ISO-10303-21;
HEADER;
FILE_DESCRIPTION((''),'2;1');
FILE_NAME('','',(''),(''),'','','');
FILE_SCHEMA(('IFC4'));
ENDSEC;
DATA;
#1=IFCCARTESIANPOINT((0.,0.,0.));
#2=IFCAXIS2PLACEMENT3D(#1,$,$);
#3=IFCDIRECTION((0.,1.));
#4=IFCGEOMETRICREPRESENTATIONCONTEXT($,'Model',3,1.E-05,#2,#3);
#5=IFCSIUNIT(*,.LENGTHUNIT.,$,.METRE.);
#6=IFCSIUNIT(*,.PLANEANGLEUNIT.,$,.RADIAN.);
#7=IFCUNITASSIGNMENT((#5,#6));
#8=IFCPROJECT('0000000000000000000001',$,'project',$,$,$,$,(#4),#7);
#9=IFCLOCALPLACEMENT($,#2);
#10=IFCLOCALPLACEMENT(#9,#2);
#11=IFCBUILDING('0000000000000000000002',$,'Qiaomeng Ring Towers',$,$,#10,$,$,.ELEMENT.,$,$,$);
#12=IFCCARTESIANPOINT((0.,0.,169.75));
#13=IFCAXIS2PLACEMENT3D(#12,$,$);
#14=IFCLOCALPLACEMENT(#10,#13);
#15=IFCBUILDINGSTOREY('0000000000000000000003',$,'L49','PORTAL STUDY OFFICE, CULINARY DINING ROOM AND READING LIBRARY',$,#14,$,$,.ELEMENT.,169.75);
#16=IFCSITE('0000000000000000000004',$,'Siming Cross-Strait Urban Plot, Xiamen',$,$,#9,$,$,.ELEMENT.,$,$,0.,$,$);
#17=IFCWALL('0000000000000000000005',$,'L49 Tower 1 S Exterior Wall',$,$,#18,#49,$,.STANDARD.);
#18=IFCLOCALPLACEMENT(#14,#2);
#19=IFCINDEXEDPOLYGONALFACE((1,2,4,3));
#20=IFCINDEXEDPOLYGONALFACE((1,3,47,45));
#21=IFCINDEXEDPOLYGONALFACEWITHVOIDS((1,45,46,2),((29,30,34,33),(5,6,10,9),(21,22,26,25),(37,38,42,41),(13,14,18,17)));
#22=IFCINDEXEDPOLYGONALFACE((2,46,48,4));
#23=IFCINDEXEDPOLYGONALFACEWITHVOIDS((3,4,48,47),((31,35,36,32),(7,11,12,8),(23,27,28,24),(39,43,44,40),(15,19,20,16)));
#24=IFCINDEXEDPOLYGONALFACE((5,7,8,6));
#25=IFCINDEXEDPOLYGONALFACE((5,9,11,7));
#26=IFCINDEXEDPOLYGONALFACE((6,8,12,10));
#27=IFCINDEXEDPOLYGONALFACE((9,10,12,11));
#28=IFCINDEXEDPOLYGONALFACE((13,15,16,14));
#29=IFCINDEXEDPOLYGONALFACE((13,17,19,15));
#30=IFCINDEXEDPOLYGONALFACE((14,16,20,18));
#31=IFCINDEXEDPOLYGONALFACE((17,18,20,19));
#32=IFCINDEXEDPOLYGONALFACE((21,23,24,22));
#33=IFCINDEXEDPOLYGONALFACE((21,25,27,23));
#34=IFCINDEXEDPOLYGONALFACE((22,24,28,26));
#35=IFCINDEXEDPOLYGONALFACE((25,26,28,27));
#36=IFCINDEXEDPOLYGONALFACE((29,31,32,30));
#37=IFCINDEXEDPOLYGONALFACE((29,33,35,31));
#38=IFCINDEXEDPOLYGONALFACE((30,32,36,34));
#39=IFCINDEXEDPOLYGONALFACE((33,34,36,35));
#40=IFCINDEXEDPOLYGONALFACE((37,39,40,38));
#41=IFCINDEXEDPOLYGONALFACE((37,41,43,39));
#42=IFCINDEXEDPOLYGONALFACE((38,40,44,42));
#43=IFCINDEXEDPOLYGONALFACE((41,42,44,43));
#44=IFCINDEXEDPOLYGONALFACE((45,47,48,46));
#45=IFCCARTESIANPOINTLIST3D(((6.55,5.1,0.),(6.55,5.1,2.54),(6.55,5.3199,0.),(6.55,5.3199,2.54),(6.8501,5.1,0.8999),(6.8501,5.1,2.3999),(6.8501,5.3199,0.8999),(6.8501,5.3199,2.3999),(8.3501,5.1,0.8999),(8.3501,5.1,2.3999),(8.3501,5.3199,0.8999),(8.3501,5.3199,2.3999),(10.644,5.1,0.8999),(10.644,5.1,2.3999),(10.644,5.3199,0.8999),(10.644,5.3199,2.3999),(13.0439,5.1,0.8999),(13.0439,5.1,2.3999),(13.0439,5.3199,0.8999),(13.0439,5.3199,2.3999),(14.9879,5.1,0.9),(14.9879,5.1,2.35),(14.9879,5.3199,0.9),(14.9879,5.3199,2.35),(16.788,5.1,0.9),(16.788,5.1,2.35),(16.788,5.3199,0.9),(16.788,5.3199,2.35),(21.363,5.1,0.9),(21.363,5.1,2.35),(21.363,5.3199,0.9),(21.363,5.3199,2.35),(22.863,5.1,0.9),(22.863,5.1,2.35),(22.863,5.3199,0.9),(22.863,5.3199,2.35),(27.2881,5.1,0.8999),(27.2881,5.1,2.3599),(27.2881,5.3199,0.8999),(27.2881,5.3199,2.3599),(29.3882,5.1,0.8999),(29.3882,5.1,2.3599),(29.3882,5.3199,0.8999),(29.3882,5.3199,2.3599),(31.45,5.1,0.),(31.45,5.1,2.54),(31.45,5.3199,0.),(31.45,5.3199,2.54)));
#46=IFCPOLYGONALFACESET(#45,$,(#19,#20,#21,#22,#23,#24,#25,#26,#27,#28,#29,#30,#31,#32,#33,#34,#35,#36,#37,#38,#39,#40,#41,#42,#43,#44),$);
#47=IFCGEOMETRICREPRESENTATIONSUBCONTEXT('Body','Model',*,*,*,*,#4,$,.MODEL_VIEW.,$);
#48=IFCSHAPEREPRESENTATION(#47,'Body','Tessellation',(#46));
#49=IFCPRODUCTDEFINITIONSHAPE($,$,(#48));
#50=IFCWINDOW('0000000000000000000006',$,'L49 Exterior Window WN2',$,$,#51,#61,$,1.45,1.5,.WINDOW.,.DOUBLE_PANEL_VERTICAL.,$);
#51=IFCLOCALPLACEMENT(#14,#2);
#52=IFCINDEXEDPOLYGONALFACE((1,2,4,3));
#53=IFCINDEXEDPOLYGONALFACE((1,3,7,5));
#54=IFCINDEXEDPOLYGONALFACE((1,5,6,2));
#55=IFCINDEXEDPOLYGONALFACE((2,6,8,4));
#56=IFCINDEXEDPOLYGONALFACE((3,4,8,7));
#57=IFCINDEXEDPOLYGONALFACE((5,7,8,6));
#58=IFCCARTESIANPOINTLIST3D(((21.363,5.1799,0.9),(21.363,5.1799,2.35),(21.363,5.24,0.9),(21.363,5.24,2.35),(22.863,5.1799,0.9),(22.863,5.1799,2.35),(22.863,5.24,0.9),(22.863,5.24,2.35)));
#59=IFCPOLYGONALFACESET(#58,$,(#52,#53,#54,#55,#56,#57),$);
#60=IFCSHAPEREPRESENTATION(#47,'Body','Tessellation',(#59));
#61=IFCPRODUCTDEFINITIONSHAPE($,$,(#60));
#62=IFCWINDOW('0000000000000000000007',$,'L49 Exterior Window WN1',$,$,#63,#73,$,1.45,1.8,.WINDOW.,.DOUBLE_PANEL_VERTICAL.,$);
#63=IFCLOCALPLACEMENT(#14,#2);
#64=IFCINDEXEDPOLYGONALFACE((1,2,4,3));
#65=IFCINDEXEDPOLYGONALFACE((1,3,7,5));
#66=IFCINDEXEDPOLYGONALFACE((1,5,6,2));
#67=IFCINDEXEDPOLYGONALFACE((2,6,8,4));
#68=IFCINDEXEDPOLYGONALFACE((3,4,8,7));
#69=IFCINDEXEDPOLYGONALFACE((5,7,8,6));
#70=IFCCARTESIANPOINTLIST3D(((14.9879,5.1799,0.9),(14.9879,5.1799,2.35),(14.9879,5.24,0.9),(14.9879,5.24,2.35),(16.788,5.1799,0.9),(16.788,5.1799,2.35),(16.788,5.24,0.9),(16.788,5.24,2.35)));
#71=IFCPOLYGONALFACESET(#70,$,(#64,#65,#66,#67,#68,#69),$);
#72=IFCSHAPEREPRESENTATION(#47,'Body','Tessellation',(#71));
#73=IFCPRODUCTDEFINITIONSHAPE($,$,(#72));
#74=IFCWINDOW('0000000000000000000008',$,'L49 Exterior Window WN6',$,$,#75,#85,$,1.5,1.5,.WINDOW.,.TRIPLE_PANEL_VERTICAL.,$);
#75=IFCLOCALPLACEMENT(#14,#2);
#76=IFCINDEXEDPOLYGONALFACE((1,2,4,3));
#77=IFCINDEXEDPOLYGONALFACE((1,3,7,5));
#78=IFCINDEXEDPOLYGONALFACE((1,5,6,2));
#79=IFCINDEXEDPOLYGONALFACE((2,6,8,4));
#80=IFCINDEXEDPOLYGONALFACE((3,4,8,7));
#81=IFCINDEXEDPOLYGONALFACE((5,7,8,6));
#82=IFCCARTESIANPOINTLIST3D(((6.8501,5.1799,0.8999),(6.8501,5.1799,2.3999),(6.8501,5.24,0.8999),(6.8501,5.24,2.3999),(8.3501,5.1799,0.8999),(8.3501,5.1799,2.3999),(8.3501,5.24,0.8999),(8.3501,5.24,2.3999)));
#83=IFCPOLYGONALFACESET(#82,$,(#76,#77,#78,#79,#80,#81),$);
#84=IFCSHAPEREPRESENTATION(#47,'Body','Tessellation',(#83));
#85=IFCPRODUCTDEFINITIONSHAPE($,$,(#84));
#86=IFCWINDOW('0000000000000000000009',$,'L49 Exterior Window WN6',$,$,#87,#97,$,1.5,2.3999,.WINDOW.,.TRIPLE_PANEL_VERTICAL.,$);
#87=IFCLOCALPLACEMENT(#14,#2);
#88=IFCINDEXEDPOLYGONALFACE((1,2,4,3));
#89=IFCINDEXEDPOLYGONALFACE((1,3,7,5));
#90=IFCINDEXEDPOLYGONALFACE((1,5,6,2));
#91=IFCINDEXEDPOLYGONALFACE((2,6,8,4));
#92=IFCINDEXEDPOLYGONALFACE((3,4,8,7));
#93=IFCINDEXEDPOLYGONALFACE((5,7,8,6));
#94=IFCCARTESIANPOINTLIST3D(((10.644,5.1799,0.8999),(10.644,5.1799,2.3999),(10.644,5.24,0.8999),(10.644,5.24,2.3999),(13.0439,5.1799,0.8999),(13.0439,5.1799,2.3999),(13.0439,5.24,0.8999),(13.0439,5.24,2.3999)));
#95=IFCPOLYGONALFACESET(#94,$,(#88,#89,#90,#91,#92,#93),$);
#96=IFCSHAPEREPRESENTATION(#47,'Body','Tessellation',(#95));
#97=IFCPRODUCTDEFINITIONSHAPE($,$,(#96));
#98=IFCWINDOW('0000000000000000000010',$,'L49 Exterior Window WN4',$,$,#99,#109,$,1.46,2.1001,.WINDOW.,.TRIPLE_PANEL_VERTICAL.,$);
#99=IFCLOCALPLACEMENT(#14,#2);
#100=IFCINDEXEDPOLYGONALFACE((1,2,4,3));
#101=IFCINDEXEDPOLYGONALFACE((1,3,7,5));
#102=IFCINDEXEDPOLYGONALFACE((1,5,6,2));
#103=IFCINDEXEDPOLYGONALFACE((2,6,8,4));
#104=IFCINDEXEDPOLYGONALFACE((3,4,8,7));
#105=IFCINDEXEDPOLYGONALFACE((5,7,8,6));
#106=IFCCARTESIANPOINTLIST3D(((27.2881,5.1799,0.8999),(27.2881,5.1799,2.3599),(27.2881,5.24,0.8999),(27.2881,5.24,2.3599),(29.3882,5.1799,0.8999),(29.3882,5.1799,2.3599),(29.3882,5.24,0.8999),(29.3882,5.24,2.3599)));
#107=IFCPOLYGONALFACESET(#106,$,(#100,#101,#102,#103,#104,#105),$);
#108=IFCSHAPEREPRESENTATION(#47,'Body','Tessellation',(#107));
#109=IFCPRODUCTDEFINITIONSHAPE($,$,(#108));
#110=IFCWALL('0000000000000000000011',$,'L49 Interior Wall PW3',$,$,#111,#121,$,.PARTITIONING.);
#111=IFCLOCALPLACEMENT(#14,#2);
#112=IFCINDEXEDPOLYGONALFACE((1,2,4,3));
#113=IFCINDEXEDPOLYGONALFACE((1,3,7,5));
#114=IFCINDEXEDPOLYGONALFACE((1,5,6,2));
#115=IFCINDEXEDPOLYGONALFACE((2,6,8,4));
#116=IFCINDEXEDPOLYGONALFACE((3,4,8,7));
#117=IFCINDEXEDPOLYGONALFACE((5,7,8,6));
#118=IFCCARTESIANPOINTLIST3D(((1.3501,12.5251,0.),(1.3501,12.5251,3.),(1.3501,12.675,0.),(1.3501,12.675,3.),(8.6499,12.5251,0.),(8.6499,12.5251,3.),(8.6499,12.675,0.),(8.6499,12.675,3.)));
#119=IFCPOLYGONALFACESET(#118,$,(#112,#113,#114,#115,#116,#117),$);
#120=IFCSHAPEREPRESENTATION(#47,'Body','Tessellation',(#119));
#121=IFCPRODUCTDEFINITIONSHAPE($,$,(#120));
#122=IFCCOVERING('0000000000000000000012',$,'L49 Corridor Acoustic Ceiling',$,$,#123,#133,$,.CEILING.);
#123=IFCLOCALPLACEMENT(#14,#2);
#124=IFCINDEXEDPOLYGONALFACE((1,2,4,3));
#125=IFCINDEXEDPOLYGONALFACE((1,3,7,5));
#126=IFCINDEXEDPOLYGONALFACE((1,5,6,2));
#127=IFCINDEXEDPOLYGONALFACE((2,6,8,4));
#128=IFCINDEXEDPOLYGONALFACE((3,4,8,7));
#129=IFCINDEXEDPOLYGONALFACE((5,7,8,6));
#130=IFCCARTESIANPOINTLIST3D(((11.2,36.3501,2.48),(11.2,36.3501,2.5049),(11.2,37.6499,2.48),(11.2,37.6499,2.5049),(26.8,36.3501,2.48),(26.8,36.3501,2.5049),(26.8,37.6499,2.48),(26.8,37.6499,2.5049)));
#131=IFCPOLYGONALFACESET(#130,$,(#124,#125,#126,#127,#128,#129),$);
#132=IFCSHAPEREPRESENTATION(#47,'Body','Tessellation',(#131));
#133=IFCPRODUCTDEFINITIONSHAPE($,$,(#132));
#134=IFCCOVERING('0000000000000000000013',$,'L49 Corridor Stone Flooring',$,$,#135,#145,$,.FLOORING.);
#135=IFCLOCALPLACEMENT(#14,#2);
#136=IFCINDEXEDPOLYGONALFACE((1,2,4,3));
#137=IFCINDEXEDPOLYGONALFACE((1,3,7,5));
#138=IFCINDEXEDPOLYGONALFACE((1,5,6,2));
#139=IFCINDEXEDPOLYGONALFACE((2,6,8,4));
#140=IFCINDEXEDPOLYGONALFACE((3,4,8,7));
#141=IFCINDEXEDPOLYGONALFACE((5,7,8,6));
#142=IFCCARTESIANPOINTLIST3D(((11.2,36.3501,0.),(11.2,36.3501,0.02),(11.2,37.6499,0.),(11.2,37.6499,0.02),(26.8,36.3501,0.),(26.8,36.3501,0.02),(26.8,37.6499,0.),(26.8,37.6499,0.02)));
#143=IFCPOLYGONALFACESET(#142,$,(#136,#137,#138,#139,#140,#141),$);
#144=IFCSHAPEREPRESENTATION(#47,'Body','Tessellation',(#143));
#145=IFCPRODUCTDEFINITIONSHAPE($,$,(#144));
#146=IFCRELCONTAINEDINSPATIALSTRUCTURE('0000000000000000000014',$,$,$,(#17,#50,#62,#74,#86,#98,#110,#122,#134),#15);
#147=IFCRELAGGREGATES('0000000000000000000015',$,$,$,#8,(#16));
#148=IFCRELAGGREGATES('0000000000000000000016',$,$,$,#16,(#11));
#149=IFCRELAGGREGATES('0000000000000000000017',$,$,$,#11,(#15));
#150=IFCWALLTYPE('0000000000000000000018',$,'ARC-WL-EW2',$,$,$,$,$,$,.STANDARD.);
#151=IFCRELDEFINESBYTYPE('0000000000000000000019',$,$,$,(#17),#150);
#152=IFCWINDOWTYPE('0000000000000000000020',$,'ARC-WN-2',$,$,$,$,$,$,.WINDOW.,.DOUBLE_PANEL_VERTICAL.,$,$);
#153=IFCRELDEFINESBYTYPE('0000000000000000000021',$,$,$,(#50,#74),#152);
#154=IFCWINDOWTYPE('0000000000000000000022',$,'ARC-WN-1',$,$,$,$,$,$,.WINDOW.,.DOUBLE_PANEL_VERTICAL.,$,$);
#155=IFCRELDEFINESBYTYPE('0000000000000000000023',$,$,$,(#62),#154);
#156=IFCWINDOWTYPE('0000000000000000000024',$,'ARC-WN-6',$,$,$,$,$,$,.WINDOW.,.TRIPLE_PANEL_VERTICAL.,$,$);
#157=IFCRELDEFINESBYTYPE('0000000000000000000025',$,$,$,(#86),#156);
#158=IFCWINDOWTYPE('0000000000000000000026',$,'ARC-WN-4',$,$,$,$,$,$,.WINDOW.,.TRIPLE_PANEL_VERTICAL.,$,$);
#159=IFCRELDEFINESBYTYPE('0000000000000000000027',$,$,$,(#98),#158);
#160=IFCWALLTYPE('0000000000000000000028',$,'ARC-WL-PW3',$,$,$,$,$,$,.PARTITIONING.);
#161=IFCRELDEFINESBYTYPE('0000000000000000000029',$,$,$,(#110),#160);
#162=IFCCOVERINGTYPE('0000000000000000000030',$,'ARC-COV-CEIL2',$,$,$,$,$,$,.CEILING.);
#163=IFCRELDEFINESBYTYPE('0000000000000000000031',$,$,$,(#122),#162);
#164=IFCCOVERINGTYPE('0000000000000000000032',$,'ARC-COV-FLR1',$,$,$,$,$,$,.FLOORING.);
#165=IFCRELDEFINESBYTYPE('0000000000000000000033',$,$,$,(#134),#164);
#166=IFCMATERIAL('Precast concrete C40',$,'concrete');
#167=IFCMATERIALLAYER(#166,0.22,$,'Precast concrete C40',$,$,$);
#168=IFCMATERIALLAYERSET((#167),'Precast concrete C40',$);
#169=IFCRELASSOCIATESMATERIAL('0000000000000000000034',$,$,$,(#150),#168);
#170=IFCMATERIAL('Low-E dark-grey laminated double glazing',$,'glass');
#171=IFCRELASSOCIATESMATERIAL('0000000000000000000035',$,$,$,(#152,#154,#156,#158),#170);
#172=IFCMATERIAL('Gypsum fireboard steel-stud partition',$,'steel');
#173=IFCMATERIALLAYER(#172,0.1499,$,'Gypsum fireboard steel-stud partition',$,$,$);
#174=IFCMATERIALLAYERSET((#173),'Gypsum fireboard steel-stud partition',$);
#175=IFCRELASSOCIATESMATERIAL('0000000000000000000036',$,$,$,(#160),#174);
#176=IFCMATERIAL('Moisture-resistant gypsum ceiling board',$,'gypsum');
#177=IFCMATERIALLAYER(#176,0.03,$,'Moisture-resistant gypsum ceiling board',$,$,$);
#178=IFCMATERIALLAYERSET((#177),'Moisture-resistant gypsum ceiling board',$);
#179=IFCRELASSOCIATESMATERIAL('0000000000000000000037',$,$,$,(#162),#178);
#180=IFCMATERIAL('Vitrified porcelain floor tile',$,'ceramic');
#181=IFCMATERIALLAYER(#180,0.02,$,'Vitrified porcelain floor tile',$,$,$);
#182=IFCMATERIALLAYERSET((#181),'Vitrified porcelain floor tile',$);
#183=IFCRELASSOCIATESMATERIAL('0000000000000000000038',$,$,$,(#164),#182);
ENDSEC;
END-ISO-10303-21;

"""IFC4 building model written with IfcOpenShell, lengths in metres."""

from ifc_helpers import new_model, si_unit, direction, frame, frame_2d, origin, place, context, subcontext, project, spatial, polyline, rectangle, outline, extrude, source, transform, mapped, material, layer, layer_set, type_object, element, fill, save


model = new_model("IFC4")

# Units and contexts
model_context = context("Model", 3, precision=1e-05, world=origin(), true_north=direction((0.0, 1.0)))
body_context = subcontext(model_context, "Body", "Model", "MODEL_VIEW")
ifc_project = project(units=[si_unit("LENGTHUNIT", "METRE"), si_unit("PLANEANGLEUNIT", "RADIAN")], contexts=[model_context])

# Site, building, storey
site_placement = place(None, origin())
site = spatial("IfcSite", under=ifc_project, at=site_placement, Name="Siming Cross-Strait Urban Plot, Xiamen", CompositionType="ELEMENT", RefElevation=0.0)
building_placement = place(site_placement, origin())
building = spatial("IfcBuilding", under=site, at=building_placement, Name="Qiaomeng Ring Towers", CompositionType="ELEMENT")
storey_placement = place(building_placement, frame((0.0, 0.0, 169.75)))
storey = spatial("IfcBuildingStorey", under=building, at=storey_placement, Name="L49", Description="PORTAL STUDY OFFICE, CULINARY DINING ROOM AND READING LIBRARY", CompositionType="ELEMENT", Elevation=169.75)

# Shared definitions
ifc_material_1 = material(Name="Precast concrete C40", Category="concrete")

# Shared definitions
ifc_material_2 = material(Name="Low-E dark-grey laminated double glazing", Category="glass")

# Shared definitions
ifc_layer_1 = layer(ifc_material_1, 0.22, Name="Precast concrete C40")
ifc_layer_set_1 = layer_set([ifc_layer_1], Name="Precast concrete C40")
wall_type_1 = type_object("IfcWallType", Name="ARC-WL-EW2", PredefinedType="STANDARD", material=ifc_layer_set_1)

# Wall, openings, windows
wall_1_placement = place(storey_placement, frame((6.55, 5.21, 0.0), z_axis=(0.0, 0.0, 1.0), x_axis=(1.0, 0.0, 0.0)))
wall_1 = element("IfcWall", 1, at=wall_1_placement, inside=storey, type_object=wall_type_1, Name="L49 Tower 1 S Exterior Wall", PredefinedType="STANDARD", context=body_context, shape_type="SweptSolid", body=[
    extrude(rectangle(XDim=24.8999, YDim=0.22, at=frame_2d((12.45, 0.0))), origin(), (0.0, 0.0, 1.0), 2.54),
])
opening_1_placement = place(wall_1_placement, frame((0.3, 0.0, 0.8999)))
opening_1 = element("IfcOpeningElement", 2, at=opening_1_placement, cuts=wall_1, PredefinedType="OPENING", context=body_context, shape_type="SweptSolid", body=[
    extrude(rectangle(XDim=1.5, YDim=1.5, at=frame_2d((0.75, 0.75))), frame((0.0, 0.1199, 0.0), z_axis=(0.0, -1.0, 0.0), x_axis=(1.0, 0.0, 0.0)), (0.0, 0.0, 1.0), 0.24),
])
opening_2_placement = place(wall_1_placement, frame((8.438, 0.0, 0.8999)))
opening_2 = element("IfcOpeningElement", 3, at=opening_2_placement, cuts=wall_1, PredefinedType="OPENING", context=body_context, shape_type="SweptSolid", body=[
    extrude(rectangle(XDim=1.8, YDim=1.45, at=frame_2d((0.8999, 0.7251))), frame((0.0, 0.1199, 0.0), z_axis=(0.0, -1.0, 0.0), x_axis=(1.0, 0.0, 0.0)), (0.0, 0.0, 1.0), 0.24),
])
opening_3_placement = place(wall_1_placement, frame((14.813, 0.0, 0.8999)))
opening_3 = element("IfcOpeningElement", 4, at=opening_3_placement, cuts=wall_1, PredefinedType="OPENING", context=body_context, shape_type="SweptSolid", body=[
    extrude(rectangle(XDim=1.5, YDim=1.45, at=frame_2d((0.75, 0.7251))), frame((0.0, 0.1199, 0.0), z_axis=(0.0, -1.0, 0.0), x_axis=(1.0, 0.0, 0.0)), (0.0, 0.0, 1.0), 0.24),
])
opening_4_placement = place(wall_1_placement, frame((20.738, 0.0, 0.8999)))
opening_4 = element("IfcOpeningElement", 5, at=opening_4_placement, cuts=wall_1, PredefinedType="OPENING", context=body_context, shape_type="SweptSolid", body=[
    extrude(rectangle(XDim=2.1001, YDim=1.46, at=frame_2d((1.05, 0.73))), frame((0.0, 0.1199, 0.0), z_axis=(0.0, -1.0, 0.0), x_axis=(1.0, 0.0, 0.0)), (0.0, 0.0, 1.0), 0.24),
])
opening_5_placement = place(wall_1_placement, frame((4.094, 0.0, 0.8999)))
opening_5 = element("IfcOpeningElement", 6, at=opening_5_placement, cuts=wall_1, PredefinedType="OPENING", context=body_context, shape_type="SweptSolid", body=[
    extrude(rectangle(XDim=2.3999, YDim=1.5, at=frame_2d((1.2, 0.75))), frame((0.0, 0.1199, 0.0), z_axis=(0.0, -1.0, 0.0), x_axis=(1.0, 0.0, 0.0)), (0.0, 0.0, 1.0), 0.24),
])
window_type_1 = type_object("IfcWindowType", Name="ARC-WN-2", PartitioningType="DOUBLE_PANEL_VERTICAL", PredefinedType="WINDOW", material=ifc_material_2)
shared_shape_1 = source(origin(), body_context, "Body", "SweptSolid", [
    extrude(rectangle(XDim=1.5, YDim=1.45, at=frame_2d((0.75, 0.7251))), frame((0.0, 0.03, 0.0), z_axis=(0.0, -1.0, 0.0), x_axis=(1.0, 0.0, 0.0)), (0.0, 0.0, 1.0), 0.0601),
])
window_1_placement = place(opening_3_placement, origin())
window_1 = element("IfcWindow", 7, at=window_1_placement, inside=storey, type_object=window_type_1, Name="L49 Exterior Window WN2", OverallHeight=1.45, OverallWidth=1.5, PartitioningType="DOUBLE_PANEL_VERTICAL", PredefinedType="WINDOW", context=body_context, shape_type="MappedRepresentation", body=[
    mapped(shared_shape_1, transform((0.0, 0.0, 0.0), x_axis=(1.0, 0.0, 0.0), y_axis=(0.0, 1.0, 0.0), z_axis=(0.0, 0.0, 1.0), scale=1.0)),
])
fill(opening_3, window_1)
window_type_2 = type_object("IfcWindowType", Name="ARC-WN-1", PartitioningType="DOUBLE_PANEL_VERTICAL", PredefinedType="WINDOW", material=ifc_material_2)
shared_shape_2 = source(origin(), body_context, "Body", "SweptSolid", [
    extrude(rectangle(XDim=1.8, YDim=1.45, at=frame_2d((0.8999, 0.7251))), frame((0.0, 0.03, 0.0), z_axis=(0.0, -1.0, 0.0), x_axis=(1.0, 0.0, 0.0)), (0.0, 0.0, 1.0), 0.0601),
])
window_2_placement = place(opening_2_placement, origin())
window_2 = element("IfcWindow", 8, at=window_2_placement, inside=storey, type_object=window_type_2, Name="L49 Exterior Window WN1", OverallHeight=1.45, OverallWidth=1.8, PartitioningType="DOUBLE_PANEL_VERTICAL", PredefinedType="WINDOW", context=body_context, shape_type="MappedRepresentation", body=[
    mapped(shared_shape_2, transform((0.0, 0.0, 0.0), x_axis=(1.0, 0.0, 0.0), y_axis=(0.0, 1.0, 0.0), z_axis=(0.0, 0.0, 1.0), scale=1.0)),
])
fill(opening_2, window_2)
shared_shape_3 = source(origin(), body_context, "Body", "SweptSolid", [
    extrude(rectangle(XDim=1.5, YDim=1.5, at=frame_2d((0.75, 0.75))), frame((0.0, 0.03, 0.0), z_axis=(0.0, -1.0, 0.0), x_axis=(1.0, 0.0, 0.0)), (0.0, 0.0, 1.0), 0.0601),
])
window_3_placement = place(opening_1_placement, origin())
window_3 = element("IfcWindow", 9, at=window_3_placement, inside=storey, type_object=window_type_1, Name="L49 Exterior Window WN6", OverallHeight=1.5, OverallWidth=1.5, PartitioningType="TRIPLE_PANEL_VERTICAL", PredefinedType="WINDOW", context=body_context, shape_type="MappedRepresentation", body=[
    mapped(shared_shape_3, transform((0.0, 0.0, 0.0), x_axis=(1.0, 0.0, 0.0), y_axis=(0.0, 1.0, 0.0), z_axis=(0.0, 0.0, 1.0), scale=1.0)),
])
fill(opening_1, window_3)
window_type_3 = type_object("IfcWindowType", Name="ARC-WN-6", PartitioningType="TRIPLE_PANEL_VERTICAL", PredefinedType="WINDOW", material=ifc_material_2)
shared_shape_4 = source(origin(), body_context, "Body", "SweptSolid", [
    extrude(rectangle(XDim=2.3999, YDim=1.5, at=frame_2d((1.2, 0.75))), frame((0.0, 0.03, 0.0), z_axis=(0.0, -1.0, 0.0), x_axis=(1.0, 0.0, 0.0)), (0.0, 0.0, 1.0), 0.0601),
])
window_4_placement = place(opening_5_placement, origin())
window_4 = element("IfcWindow", 10, at=window_4_placement, inside=storey, type_object=window_type_3, Name="L49 Exterior Window WN6", OverallHeight=1.5, OverallWidth=2.3999, PartitioningType="TRIPLE_PANEL_VERTICAL", PredefinedType="WINDOW", context=body_context, shape_type="MappedRepresentation", body=[
    mapped(shared_shape_4, transform((0.0, 0.0, 0.0), x_axis=(1.0, 0.0, 0.0), y_axis=(0.0, 1.0, 0.0), z_axis=(0.0, 0.0, 1.0), scale=1.0)),
])
fill(opening_5, window_4)
window_type_4 = type_object("IfcWindowType", Name="ARC-WN-4", PartitioningType="TRIPLE_PANEL_VERTICAL", PredefinedType="WINDOW", material=ifc_material_2)
shared_shape_5 = source(origin(), body_context, "Body", "SweptSolid", [
    extrude(rectangle(XDim=2.1001, YDim=1.46, at=frame_2d((1.05, 0.73))), frame((0.0, 0.03, 0.0), z_axis=(0.0, -1.0, 0.0), x_axis=(1.0, 0.0, 0.0)), (0.0, 0.0, 1.0), 0.0601),
])
window_5_placement = place(opening_4_placement, origin())
window_5 = element("IfcWindow", 11, at=window_5_placement, inside=storey, type_object=window_type_4, Name="L49 Exterior Window WN4", OverallHeight=1.46, OverallWidth=2.1001, PartitioningType="TRIPLE_PANEL_VERTICAL", PredefinedType="WINDOW", context=body_context, shape_type="MappedRepresentation", body=[
    mapped(shared_shape_5, transform((0.0, 0.0, 0.0), x_axis=(1.0, 0.0, 0.0), y_axis=(0.0, 1.0, 0.0), z_axis=(0.0, 0.0, 1.0), scale=1.0)),
])
fill(opening_4, window_5)

# Wall
ifc_material_3 = material(Name="Gypsum fireboard steel-stud partition", Category="steel")
ifc_layer_2 = layer(ifc_material_3, 0.1499, Name="Gypsum fireboard steel-stud partition")
ifc_layer_set_2 = layer_set([ifc_layer_2], Name="Gypsum fireboard steel-stud partition")
wall_type_2 = type_object("IfcWallType", Name="ARC-WL-PW3", PredefinedType="PARTITIONING", material=ifc_layer_set_2)
wall_2_placement = place(storey_placement, frame((1.3501, 12.6001, 0.0), z_axis=(0.0, 0.0, 1.0), x_axis=(1.0, 0.0, 0.0)))
element("IfcWall", 12, at=wall_2_placement, inside=storey, type_object=wall_type_2, Name="L49 Interior Wall PW3", PredefinedType="PARTITIONING", context=body_context, shape_type="SweptSolid", body=[
    extrude(rectangle(XDim=7.2998, YDim=0.1499, at=frame_2d((3.6499, 0.0))), origin(), (0.0, 0.0, 1.0), 3.0),
])

# Coverings
ifc_material_4 = material(Name="Moisture-resistant gypsum ceiling board", Category="gypsum")
ifc_layer_3 = layer(ifc_material_4, 0.03, Name="Moisture-resistant gypsum ceiling board")
ifc_layer_set_3 = layer_set([ifc_layer_3], Name="Moisture-resistant gypsum ceiling board")
covering_type_1 = type_object("IfcCoveringType", Name="ARC-COV-CEIL2", PredefinedType="CEILING", material=ifc_layer_set_3)
covering_1_placement = place(storey_placement, frame((0.0, 0.0, 2.48)))
element("IfcCovering", 13, at=covering_1_placement, inside=storey, type_object=covering_type_1, Name="L49 Corridor Acoustic Ceiling", PredefinedType="CEILING", context=body_context, shape_type="SweptSolid", body=[
    extrude(outline(polyline([(11.2, 36.3501), (11.2, 37.6499), (26.8, 37.6499), (26.8, 36.3501), (11.2, 36.3501)])), origin(), (0.0, 0.0, 1.0), 0.0249),
])
ifc_material_5 = material(Name="Vitrified porcelain floor tile", Category="ceramic")
ifc_layer_4 = layer(ifc_material_5, 0.02, Name="Vitrified porcelain floor tile")
ifc_layer_set_4 = layer_set([ifc_layer_4], Name="Vitrified porcelain floor tile")
covering_type_2 = type_object("IfcCoveringType", Name="ARC-COV-FLR1", PredefinedType="FLOORING", material=ifc_layer_set_4)
covering_2_placement = place(storey_placement, origin())
element("IfcCovering", 14, at=covering_2_placement, inside=storey, type_object=covering_type_2, Name="L49 Corridor Stone Flooring", PredefinedType="FLOORING", context=body_context, shape_type="SweptSolid", body=[
    extrude(outline(polyline([(11.2, 36.3501), (11.2, 37.6499), (26.8, 37.6499), (26.8, 36.3501), (11.2, 36.3501)])), origin(), (0.0, 0.0, 1.0), 0.02),
])

save(model, "model.ifc")
